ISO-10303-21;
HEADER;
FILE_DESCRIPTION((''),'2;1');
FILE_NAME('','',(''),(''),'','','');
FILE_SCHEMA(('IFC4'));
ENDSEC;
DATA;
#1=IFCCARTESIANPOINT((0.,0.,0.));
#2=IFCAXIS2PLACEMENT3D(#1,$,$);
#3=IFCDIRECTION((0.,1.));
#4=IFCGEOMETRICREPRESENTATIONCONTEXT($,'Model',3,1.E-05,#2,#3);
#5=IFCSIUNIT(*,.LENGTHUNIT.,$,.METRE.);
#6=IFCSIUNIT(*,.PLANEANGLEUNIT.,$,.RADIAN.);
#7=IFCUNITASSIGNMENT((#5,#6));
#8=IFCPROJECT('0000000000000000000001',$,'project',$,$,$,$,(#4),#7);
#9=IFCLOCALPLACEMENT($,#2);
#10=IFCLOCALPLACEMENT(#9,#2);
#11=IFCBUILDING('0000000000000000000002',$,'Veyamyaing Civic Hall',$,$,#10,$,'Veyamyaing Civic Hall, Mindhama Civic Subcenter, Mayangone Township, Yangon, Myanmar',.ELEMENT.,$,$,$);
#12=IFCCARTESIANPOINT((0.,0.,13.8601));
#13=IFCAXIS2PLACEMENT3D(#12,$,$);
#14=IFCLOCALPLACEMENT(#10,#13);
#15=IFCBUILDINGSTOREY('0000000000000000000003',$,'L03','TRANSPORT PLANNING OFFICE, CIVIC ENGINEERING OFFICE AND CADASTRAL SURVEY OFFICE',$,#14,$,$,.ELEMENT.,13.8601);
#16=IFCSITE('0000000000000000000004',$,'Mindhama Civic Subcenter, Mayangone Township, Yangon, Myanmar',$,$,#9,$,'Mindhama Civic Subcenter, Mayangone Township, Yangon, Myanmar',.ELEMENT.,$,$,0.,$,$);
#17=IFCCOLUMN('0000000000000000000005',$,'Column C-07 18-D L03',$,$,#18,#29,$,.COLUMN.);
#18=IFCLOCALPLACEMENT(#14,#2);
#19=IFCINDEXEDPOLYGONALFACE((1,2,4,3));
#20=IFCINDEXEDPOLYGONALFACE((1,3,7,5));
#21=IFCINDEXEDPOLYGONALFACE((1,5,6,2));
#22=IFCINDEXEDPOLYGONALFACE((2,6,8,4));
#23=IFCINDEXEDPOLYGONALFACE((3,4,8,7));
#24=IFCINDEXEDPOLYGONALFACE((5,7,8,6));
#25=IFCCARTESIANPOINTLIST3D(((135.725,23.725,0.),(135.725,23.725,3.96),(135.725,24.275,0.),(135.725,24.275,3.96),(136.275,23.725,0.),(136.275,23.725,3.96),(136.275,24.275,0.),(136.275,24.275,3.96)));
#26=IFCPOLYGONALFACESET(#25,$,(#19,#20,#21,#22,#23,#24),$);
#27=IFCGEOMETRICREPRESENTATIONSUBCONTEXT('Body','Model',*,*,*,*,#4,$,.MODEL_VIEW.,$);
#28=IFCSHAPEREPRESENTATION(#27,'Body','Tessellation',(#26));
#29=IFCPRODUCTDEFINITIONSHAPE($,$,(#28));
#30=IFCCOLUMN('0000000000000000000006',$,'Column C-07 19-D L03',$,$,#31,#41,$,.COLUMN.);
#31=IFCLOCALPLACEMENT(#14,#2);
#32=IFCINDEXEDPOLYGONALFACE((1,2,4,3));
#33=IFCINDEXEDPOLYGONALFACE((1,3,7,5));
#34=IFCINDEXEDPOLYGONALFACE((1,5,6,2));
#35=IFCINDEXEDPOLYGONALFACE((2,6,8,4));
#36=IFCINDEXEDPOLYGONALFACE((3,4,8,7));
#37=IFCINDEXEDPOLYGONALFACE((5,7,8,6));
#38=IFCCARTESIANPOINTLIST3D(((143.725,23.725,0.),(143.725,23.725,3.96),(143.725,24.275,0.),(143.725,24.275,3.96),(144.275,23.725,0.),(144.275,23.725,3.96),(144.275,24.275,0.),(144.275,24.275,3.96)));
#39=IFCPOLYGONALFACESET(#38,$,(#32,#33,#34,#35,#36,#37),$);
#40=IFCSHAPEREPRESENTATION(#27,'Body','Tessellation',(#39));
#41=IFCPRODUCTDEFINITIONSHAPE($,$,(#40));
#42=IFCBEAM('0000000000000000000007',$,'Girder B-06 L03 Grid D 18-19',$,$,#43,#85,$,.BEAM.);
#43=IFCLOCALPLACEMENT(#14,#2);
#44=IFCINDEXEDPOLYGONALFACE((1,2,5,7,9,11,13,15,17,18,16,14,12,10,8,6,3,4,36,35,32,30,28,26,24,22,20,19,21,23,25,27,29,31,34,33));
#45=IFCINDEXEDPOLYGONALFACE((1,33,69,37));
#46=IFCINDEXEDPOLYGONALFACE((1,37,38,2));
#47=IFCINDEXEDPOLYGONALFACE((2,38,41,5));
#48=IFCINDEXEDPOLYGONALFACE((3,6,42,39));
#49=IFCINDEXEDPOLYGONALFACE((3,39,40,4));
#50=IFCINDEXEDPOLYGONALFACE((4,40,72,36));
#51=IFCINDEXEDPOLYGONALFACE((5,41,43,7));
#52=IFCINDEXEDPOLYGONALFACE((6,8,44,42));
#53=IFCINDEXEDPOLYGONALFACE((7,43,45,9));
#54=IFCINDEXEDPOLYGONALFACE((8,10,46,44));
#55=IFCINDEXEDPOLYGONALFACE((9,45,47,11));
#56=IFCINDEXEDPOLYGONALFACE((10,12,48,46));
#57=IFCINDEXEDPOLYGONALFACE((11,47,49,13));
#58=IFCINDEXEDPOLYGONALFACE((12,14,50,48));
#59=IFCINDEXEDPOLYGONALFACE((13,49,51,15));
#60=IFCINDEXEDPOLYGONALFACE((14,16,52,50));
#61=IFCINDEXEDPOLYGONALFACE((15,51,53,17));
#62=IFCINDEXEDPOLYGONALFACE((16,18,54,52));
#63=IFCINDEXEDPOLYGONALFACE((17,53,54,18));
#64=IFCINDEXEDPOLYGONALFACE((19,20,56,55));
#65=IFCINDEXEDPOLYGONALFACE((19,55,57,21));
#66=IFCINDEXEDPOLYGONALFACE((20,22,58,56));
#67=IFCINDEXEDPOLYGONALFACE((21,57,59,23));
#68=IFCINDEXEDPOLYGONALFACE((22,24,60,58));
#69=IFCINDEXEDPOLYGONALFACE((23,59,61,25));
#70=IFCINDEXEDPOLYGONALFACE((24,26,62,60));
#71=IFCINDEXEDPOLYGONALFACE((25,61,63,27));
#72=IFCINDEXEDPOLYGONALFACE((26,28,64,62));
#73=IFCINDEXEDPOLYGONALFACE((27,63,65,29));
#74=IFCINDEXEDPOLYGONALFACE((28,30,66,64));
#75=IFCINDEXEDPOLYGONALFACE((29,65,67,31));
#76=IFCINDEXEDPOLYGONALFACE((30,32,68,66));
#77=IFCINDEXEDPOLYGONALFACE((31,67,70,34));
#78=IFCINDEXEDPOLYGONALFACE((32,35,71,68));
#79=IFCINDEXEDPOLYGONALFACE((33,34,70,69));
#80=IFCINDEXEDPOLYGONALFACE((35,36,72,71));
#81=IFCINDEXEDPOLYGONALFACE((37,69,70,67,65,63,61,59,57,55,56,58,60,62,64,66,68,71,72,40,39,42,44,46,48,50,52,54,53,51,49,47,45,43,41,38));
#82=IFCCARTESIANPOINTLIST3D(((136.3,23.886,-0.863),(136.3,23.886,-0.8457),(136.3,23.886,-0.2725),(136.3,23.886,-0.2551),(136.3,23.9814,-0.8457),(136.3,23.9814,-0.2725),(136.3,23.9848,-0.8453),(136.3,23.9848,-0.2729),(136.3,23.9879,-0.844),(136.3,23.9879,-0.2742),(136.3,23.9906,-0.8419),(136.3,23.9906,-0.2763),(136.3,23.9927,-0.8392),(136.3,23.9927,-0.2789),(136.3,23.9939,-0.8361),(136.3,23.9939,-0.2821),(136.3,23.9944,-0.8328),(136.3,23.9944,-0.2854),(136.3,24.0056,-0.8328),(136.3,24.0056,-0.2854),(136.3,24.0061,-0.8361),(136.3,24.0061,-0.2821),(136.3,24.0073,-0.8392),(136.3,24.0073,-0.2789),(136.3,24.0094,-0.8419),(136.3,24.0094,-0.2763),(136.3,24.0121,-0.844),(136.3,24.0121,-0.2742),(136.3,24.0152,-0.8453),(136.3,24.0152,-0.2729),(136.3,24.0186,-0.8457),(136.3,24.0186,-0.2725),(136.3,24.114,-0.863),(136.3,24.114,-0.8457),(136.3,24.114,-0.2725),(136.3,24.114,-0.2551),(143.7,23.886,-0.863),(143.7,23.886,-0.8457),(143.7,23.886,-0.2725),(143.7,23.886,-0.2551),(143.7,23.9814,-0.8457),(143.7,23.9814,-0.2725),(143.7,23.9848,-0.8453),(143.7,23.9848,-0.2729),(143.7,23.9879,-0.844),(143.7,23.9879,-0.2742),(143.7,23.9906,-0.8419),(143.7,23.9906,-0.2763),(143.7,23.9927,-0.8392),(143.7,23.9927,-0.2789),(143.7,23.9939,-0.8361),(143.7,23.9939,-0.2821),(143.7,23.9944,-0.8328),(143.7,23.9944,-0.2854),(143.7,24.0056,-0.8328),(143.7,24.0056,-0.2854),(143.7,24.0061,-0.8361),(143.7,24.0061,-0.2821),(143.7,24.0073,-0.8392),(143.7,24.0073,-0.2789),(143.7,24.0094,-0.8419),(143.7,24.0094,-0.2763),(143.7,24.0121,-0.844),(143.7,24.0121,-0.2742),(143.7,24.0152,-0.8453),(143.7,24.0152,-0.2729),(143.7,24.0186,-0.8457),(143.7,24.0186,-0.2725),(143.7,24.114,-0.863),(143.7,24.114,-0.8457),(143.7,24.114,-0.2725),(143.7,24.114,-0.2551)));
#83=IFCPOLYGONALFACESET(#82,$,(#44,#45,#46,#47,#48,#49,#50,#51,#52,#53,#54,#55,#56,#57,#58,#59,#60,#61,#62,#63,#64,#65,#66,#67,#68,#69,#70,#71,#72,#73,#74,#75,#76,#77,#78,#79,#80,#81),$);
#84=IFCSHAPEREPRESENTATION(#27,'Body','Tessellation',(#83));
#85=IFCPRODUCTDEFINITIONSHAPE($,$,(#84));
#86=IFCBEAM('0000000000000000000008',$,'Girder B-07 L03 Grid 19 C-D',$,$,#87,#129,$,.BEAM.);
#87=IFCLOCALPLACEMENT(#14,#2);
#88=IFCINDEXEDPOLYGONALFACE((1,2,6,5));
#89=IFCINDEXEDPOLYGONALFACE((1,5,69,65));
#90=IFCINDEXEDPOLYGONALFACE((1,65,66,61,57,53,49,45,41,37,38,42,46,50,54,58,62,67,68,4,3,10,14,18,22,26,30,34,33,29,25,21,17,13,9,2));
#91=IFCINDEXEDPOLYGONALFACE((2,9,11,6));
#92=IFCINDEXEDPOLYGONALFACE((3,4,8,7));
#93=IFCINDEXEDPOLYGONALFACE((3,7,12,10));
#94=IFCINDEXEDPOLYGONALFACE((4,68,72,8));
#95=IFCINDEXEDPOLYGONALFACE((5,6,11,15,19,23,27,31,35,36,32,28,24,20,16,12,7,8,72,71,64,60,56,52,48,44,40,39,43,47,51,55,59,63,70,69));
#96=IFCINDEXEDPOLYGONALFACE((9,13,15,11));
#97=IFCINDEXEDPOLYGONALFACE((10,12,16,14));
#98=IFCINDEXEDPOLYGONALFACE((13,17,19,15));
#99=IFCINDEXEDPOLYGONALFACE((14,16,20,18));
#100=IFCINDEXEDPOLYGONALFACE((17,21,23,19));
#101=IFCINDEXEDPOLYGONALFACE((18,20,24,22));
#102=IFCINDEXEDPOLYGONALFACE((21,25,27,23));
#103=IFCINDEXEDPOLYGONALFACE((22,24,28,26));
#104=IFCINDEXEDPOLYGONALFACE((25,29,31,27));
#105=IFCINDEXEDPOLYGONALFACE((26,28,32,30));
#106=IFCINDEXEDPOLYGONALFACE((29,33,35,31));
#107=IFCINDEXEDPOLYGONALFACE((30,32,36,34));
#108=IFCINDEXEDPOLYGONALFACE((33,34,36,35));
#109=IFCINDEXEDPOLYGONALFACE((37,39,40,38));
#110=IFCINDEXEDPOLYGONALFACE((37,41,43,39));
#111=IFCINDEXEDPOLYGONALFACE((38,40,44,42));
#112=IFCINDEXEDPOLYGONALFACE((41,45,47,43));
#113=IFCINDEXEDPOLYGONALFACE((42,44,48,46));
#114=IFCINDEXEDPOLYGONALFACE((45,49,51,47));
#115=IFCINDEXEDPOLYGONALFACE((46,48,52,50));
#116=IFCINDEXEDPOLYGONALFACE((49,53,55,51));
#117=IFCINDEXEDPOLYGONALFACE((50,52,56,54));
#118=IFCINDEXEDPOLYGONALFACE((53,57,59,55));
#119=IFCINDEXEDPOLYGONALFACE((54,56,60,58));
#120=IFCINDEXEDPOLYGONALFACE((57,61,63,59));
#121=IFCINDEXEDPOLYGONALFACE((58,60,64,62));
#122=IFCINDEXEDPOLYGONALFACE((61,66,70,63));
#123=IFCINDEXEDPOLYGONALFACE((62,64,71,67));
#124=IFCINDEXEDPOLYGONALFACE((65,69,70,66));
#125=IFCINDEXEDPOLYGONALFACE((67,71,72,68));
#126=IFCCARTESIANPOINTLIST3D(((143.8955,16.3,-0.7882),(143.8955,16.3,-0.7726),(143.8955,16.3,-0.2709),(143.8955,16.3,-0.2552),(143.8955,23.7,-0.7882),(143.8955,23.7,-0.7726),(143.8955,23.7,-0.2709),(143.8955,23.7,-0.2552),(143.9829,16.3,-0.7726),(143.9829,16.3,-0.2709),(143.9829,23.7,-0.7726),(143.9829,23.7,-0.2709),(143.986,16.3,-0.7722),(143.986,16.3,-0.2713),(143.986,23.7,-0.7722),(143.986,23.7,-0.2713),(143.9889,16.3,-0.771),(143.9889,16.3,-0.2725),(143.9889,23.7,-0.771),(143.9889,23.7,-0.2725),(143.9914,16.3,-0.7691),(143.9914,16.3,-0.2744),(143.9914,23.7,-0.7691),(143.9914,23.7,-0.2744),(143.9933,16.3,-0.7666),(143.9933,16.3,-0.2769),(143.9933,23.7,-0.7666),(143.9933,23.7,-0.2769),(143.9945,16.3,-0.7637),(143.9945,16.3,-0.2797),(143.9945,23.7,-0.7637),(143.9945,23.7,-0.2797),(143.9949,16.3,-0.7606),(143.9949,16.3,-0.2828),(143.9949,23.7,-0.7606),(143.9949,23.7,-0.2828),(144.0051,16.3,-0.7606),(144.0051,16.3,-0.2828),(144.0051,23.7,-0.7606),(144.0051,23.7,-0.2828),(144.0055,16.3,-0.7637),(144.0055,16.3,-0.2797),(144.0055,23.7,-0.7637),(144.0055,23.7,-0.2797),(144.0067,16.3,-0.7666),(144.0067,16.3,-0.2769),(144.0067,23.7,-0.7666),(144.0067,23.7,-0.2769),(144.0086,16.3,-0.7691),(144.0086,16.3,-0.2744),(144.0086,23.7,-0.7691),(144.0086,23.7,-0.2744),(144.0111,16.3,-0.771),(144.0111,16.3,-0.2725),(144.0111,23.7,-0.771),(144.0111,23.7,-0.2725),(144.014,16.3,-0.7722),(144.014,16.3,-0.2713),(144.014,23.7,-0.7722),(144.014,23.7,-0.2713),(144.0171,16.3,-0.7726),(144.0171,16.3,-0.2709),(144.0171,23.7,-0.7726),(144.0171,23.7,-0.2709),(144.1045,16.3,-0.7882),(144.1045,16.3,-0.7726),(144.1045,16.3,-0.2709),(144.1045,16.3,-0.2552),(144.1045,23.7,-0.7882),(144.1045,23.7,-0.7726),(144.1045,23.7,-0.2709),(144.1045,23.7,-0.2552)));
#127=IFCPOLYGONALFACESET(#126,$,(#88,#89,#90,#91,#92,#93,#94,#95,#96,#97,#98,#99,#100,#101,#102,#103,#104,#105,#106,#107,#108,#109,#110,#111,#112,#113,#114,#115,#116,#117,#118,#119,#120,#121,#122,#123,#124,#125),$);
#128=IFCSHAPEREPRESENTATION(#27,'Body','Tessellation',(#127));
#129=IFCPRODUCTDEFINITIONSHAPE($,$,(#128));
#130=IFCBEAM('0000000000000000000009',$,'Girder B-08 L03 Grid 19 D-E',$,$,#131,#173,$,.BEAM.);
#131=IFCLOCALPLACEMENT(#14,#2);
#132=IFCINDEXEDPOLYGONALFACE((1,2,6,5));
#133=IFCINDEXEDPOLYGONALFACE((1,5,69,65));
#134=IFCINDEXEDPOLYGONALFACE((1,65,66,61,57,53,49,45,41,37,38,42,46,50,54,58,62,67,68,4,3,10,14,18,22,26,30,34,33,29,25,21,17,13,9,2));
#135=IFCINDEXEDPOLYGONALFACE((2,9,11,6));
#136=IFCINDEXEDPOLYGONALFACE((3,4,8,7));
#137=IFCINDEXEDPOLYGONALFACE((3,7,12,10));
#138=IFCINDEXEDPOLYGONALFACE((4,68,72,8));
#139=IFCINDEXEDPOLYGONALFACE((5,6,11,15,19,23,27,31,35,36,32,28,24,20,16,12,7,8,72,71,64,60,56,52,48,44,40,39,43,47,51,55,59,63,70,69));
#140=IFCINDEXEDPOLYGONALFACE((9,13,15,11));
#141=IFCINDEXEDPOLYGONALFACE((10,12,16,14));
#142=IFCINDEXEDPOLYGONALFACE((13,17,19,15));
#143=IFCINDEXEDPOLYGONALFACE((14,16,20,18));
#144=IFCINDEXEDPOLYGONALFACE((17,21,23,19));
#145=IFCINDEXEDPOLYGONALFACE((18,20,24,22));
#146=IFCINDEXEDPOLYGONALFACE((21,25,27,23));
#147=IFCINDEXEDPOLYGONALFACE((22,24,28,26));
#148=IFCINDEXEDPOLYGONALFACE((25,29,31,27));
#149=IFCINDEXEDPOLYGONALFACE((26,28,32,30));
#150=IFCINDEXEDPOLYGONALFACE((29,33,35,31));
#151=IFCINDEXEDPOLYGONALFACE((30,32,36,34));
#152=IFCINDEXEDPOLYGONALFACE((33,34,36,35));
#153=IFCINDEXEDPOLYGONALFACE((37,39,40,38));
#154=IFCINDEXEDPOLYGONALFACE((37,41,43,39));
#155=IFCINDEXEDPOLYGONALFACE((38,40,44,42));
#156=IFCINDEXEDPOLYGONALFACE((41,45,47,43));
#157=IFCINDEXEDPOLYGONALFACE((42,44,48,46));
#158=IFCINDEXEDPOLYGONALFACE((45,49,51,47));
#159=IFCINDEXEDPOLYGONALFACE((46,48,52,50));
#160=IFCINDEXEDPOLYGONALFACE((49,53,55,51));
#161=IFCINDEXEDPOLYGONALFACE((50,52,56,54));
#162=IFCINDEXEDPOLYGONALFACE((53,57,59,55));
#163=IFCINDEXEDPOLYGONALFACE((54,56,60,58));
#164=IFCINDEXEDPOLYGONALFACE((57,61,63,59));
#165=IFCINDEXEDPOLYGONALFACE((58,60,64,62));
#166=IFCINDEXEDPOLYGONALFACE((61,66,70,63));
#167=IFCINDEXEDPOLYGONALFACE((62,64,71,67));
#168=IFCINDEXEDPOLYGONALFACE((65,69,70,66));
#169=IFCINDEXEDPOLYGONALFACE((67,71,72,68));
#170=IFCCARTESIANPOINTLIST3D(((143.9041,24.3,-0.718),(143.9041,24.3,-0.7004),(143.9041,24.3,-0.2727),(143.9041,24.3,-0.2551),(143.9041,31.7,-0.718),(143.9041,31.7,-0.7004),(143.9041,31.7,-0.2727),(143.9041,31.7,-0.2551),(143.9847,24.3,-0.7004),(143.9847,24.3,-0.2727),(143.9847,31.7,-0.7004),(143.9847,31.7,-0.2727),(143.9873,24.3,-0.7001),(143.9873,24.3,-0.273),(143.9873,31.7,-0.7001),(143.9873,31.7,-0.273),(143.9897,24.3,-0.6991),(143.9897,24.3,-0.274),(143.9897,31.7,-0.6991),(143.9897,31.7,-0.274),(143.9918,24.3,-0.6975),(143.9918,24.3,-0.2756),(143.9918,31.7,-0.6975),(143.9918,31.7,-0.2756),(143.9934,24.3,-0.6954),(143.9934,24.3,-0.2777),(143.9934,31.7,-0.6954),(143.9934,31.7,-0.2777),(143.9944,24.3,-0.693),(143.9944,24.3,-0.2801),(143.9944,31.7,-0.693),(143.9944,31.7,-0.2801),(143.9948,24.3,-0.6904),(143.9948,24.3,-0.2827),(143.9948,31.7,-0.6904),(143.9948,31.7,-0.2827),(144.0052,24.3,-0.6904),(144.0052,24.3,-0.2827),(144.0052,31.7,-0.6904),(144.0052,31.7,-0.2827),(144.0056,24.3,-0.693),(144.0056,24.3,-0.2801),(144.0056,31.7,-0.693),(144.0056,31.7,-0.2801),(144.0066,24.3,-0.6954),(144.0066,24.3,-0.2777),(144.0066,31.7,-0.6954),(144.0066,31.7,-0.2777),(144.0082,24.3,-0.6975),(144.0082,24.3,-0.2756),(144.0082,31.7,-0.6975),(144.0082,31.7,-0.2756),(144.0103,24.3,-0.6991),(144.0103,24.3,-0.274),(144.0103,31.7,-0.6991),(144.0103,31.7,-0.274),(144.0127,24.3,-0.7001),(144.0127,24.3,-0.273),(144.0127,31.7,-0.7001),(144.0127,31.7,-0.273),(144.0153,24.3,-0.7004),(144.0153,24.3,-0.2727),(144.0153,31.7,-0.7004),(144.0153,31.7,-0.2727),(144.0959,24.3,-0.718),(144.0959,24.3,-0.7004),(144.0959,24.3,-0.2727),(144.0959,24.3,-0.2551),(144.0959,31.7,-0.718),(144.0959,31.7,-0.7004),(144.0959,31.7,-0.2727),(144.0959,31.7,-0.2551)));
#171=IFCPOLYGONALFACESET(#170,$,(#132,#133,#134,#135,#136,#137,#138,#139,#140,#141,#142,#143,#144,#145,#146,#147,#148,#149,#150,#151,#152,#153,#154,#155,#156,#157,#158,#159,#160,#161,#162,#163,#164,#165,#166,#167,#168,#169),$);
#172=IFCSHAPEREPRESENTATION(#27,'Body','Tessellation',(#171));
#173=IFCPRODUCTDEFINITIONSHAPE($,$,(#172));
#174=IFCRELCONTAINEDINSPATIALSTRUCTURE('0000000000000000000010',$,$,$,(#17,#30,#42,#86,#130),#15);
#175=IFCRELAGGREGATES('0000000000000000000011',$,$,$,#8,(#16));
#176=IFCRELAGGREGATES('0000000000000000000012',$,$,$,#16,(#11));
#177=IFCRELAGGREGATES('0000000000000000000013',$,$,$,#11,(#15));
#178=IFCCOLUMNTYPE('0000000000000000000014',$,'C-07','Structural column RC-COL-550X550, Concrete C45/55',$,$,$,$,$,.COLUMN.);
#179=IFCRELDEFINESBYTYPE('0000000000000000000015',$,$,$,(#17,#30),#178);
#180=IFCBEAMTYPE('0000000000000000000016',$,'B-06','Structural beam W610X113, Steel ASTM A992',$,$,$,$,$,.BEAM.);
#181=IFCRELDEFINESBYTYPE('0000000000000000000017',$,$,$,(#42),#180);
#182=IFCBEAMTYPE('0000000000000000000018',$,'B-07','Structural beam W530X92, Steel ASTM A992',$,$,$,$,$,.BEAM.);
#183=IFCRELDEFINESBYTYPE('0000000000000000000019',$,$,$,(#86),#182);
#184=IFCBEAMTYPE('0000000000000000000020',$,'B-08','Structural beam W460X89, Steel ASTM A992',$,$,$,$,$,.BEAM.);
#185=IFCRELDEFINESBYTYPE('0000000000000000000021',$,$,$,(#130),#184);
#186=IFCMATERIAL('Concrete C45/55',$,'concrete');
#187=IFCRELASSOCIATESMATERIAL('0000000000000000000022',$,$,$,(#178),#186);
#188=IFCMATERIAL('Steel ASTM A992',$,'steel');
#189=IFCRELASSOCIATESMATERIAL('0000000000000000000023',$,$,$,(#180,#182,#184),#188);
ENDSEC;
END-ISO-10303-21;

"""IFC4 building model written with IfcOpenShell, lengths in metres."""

from ifc_helpers import new_model, si_unit, direction, frame, origin, origin_2d, place, context, subcontext, project, spatial, rectangle, i_section, extrude, material, material_profile, profile_set, type_object, element, save


model = new_model("IFC4")

# Units and contexts
model_context = context("Model", 3, precision=1e-05, world=origin(), true_north=direction((0.0, 1.0)))
body_context = subcontext(model_context, "Body", "Model", "MODEL_VIEW")
ifc_project = project(units=[si_unit("LENGTHUNIT", "METRE"), si_unit("PLANEANGLEUNIT", "RADIAN")], contexts=[model_context])

# Site, building, storey
site_placement = place(None, origin())
site = spatial("IfcSite", under=ifc_project, at=site_placement, Name="Mindhama Civic Subcenter, Mayangone Township, Yangon, Myanmar", LongName="Mindhama Civic Subcenter, Mayangone Township, Yangon, Myanmar", CompositionType="ELEMENT", RefElevation=0.0)
building_placement = place(site_placement, origin())
building = spatial("IfcBuilding", under=site, at=building_placement, Name="Veyamyaing Civic Hall", LongName="Veyamyaing Civic Hall, Mindhama Civic Subcenter, Mayangone Township, Yangon, Myanmar", CompositionType="ELEMENT")
storey_placement = place(building_placement, frame((0.0, 0.0, 13.8601)))
storey = spatial("IfcBuildingStorey", under=building, at=storey_placement, Name="L03", Description="TRANSPORT PLANNING OFFICE, CIVIC ENGINEERING OFFICE AND CADASTRAL SURVEY OFFICE", CompositionType="ELEMENT", Elevation=13.8601)

# Columns
ifc_material_1 = material(Name="Concrete C45/55", Category="concrete")
ifc_material_profile_1 = material_profile(ifc_material_1, rectangle(XDim=0.55, YDim=0.55, at=origin_2d()), Name="RC-COL-550X550")
ifc_profile_set_1 = profile_set([ifc_material_profile_1], Name="Concrete C45/55")
column_type = type_object("IfcColumnType", Name="C-07", Description="Structural column RC-COL-550X550, Concrete C45/55", PredefinedType="COLUMN", material=ifc_profile_set_1)
for number, where, z_axis, x_axis, name in (
    (1, (136.0, 24.0, 0.0), (0.0, 0.0, 1.0), (1.0, 0.0, 0.0), "Column C-07 18-D L03"),
    (2, (144.0, 24.0, 0.0), (0.0, 0.0, 1.0), (1.0, 0.0, 0.0), "Column C-07 19-D L03"),
):
    element("IfcColumn", number, at=place(storey_placement, frame(where, z_axis=z_axis, x_axis=x_axis)), inside=storey, type_object=column_type, Name=name, PredefinedType="COLUMN", context=body_context, shape_type="SweptSolid", body=[
        extrude(rectangle(XDim=0.55, YDim=0.55, at=origin_2d()), origin(), (0.0, 0.0, 1.0), 3.96),
    ])

# Beams
ifc_material_2 = material(Name="Steel ASTM A992", Category="steel")
ifc_material_profile_2 = material_profile(ifc_material_2, i_section(OverallWidth=0.228, OverallDepth=0.6079, WebThickness=0.0112, FlangeThickness=0.0173, FilletRadius=0.0129, at=origin_2d()), Name="W610X113")
ifc_profile_set_2 = profile_set([ifc_material_profile_2], Name="Steel ASTM A992")
beam_type_1 = type_object("IfcBeamType", Name="B-06", Description="Structural beam W610X113, Steel ASTM A992", PredefinedType="BEAM", material=ifc_profile_set_2)
beam_1_placement = place(storey_placement, frame((136.3, 24.0, -0.5591), z_axis=(1.0, 0.0, 0.0), x_axis=(0.0, 1.0, 0.0)))
element("IfcBeam", 3, at=beam_1_placement, inside=storey, type_object=beam_type_1, Name="Girder B-06 L03 Grid D 18-19", PredefinedType="BEAM", context=body_context, shape_type="SweptSolid", body=[
    extrude(i_section(OverallWidth=0.228, OverallDepth=0.6079, WebThickness=0.0112, FlangeThickness=0.0173, FilletRadius=0.0129, at=origin_2d()), origin(), (0.0, 0.0, 1.0), 7.3999),
])
ifc_material_profile_3 = material_profile(ifc_material_2, i_section(OverallWidth=0.209, OverallDepth=0.533, WebThickness=0.0103, FlangeThickness=0.0156, FilletRadius=0.012, at=origin_2d()), Name="W530X92")
ifc_profile_set_3 = profile_set([ifc_material_profile_3], Name="Steel ASTM A992")
beam_type_2 = type_object("IfcBeamType", Name="B-07", Description="Structural beam W530X92, Steel ASTM A992", PredefinedType="BEAM", material=ifc_profile_set_3)
beam_2_placement = place(storey_placement, frame((144.0, 16.3, -0.5217), z_axis=(0.0, 1.0, 0.0), x_axis=(-1.0, 0.0, 0.0)))
element("IfcBeam", 4, at=beam_2_placement, inside=storey, type_object=beam_type_2, Name="Girder B-07 L03 Grid 19 C-D", PredefinedType="BEAM", context=body_context, shape_type="SweptSolid", body=[
    extrude(i_section(OverallWidth=0.209, OverallDepth=0.533, WebThickness=0.0103, FlangeThickness=0.0156, FilletRadius=0.012, at=origin_2d()), origin(), (0.0, 0.0, 1.0), 7.3999),
])
ifc_material_profile_4 = material_profile(ifc_material_2, i_section(OverallWidth=0.1919, OverallDepth=0.4629, WebThickness=0.0105, FlangeThickness=0.0176, FilletRadius=0.01, at=origin_2d()), Name="W460X89")
ifc_profile_set_4 = profile_set([ifc_material_profile_4], Name="Steel ASTM A992")
beam_type_3 = type_object("IfcBeamType", Name="B-08", Description="Structural beam W460X89, Steel ASTM A992", PredefinedType="BEAM", material=ifc_profile_set_4)
beam_3_placement = place(storey_placement, frame((144.0, 24.3, -0.4866), z_axis=(0.0, 1.0, 0.0), x_axis=(-1.0, 0.0, 0.0)))
element("IfcBeam", 5, at=beam_3_placement, inside=storey, type_object=beam_type_3, Name="Girder B-08 L03 Grid 19 D-E", PredefinedType="BEAM", context=body_context, shape_type="SweptSolid", body=[
    extrude(i_section(OverallWidth=0.1919, OverallDepth=0.4629, WebThickness=0.0105, FlangeThickness=0.0176, FilletRadius=0.01, at=origin_2d()), origin(), (0.0, 0.0, 1.0), 7.3999),
])

save(model, "model.ifc")
